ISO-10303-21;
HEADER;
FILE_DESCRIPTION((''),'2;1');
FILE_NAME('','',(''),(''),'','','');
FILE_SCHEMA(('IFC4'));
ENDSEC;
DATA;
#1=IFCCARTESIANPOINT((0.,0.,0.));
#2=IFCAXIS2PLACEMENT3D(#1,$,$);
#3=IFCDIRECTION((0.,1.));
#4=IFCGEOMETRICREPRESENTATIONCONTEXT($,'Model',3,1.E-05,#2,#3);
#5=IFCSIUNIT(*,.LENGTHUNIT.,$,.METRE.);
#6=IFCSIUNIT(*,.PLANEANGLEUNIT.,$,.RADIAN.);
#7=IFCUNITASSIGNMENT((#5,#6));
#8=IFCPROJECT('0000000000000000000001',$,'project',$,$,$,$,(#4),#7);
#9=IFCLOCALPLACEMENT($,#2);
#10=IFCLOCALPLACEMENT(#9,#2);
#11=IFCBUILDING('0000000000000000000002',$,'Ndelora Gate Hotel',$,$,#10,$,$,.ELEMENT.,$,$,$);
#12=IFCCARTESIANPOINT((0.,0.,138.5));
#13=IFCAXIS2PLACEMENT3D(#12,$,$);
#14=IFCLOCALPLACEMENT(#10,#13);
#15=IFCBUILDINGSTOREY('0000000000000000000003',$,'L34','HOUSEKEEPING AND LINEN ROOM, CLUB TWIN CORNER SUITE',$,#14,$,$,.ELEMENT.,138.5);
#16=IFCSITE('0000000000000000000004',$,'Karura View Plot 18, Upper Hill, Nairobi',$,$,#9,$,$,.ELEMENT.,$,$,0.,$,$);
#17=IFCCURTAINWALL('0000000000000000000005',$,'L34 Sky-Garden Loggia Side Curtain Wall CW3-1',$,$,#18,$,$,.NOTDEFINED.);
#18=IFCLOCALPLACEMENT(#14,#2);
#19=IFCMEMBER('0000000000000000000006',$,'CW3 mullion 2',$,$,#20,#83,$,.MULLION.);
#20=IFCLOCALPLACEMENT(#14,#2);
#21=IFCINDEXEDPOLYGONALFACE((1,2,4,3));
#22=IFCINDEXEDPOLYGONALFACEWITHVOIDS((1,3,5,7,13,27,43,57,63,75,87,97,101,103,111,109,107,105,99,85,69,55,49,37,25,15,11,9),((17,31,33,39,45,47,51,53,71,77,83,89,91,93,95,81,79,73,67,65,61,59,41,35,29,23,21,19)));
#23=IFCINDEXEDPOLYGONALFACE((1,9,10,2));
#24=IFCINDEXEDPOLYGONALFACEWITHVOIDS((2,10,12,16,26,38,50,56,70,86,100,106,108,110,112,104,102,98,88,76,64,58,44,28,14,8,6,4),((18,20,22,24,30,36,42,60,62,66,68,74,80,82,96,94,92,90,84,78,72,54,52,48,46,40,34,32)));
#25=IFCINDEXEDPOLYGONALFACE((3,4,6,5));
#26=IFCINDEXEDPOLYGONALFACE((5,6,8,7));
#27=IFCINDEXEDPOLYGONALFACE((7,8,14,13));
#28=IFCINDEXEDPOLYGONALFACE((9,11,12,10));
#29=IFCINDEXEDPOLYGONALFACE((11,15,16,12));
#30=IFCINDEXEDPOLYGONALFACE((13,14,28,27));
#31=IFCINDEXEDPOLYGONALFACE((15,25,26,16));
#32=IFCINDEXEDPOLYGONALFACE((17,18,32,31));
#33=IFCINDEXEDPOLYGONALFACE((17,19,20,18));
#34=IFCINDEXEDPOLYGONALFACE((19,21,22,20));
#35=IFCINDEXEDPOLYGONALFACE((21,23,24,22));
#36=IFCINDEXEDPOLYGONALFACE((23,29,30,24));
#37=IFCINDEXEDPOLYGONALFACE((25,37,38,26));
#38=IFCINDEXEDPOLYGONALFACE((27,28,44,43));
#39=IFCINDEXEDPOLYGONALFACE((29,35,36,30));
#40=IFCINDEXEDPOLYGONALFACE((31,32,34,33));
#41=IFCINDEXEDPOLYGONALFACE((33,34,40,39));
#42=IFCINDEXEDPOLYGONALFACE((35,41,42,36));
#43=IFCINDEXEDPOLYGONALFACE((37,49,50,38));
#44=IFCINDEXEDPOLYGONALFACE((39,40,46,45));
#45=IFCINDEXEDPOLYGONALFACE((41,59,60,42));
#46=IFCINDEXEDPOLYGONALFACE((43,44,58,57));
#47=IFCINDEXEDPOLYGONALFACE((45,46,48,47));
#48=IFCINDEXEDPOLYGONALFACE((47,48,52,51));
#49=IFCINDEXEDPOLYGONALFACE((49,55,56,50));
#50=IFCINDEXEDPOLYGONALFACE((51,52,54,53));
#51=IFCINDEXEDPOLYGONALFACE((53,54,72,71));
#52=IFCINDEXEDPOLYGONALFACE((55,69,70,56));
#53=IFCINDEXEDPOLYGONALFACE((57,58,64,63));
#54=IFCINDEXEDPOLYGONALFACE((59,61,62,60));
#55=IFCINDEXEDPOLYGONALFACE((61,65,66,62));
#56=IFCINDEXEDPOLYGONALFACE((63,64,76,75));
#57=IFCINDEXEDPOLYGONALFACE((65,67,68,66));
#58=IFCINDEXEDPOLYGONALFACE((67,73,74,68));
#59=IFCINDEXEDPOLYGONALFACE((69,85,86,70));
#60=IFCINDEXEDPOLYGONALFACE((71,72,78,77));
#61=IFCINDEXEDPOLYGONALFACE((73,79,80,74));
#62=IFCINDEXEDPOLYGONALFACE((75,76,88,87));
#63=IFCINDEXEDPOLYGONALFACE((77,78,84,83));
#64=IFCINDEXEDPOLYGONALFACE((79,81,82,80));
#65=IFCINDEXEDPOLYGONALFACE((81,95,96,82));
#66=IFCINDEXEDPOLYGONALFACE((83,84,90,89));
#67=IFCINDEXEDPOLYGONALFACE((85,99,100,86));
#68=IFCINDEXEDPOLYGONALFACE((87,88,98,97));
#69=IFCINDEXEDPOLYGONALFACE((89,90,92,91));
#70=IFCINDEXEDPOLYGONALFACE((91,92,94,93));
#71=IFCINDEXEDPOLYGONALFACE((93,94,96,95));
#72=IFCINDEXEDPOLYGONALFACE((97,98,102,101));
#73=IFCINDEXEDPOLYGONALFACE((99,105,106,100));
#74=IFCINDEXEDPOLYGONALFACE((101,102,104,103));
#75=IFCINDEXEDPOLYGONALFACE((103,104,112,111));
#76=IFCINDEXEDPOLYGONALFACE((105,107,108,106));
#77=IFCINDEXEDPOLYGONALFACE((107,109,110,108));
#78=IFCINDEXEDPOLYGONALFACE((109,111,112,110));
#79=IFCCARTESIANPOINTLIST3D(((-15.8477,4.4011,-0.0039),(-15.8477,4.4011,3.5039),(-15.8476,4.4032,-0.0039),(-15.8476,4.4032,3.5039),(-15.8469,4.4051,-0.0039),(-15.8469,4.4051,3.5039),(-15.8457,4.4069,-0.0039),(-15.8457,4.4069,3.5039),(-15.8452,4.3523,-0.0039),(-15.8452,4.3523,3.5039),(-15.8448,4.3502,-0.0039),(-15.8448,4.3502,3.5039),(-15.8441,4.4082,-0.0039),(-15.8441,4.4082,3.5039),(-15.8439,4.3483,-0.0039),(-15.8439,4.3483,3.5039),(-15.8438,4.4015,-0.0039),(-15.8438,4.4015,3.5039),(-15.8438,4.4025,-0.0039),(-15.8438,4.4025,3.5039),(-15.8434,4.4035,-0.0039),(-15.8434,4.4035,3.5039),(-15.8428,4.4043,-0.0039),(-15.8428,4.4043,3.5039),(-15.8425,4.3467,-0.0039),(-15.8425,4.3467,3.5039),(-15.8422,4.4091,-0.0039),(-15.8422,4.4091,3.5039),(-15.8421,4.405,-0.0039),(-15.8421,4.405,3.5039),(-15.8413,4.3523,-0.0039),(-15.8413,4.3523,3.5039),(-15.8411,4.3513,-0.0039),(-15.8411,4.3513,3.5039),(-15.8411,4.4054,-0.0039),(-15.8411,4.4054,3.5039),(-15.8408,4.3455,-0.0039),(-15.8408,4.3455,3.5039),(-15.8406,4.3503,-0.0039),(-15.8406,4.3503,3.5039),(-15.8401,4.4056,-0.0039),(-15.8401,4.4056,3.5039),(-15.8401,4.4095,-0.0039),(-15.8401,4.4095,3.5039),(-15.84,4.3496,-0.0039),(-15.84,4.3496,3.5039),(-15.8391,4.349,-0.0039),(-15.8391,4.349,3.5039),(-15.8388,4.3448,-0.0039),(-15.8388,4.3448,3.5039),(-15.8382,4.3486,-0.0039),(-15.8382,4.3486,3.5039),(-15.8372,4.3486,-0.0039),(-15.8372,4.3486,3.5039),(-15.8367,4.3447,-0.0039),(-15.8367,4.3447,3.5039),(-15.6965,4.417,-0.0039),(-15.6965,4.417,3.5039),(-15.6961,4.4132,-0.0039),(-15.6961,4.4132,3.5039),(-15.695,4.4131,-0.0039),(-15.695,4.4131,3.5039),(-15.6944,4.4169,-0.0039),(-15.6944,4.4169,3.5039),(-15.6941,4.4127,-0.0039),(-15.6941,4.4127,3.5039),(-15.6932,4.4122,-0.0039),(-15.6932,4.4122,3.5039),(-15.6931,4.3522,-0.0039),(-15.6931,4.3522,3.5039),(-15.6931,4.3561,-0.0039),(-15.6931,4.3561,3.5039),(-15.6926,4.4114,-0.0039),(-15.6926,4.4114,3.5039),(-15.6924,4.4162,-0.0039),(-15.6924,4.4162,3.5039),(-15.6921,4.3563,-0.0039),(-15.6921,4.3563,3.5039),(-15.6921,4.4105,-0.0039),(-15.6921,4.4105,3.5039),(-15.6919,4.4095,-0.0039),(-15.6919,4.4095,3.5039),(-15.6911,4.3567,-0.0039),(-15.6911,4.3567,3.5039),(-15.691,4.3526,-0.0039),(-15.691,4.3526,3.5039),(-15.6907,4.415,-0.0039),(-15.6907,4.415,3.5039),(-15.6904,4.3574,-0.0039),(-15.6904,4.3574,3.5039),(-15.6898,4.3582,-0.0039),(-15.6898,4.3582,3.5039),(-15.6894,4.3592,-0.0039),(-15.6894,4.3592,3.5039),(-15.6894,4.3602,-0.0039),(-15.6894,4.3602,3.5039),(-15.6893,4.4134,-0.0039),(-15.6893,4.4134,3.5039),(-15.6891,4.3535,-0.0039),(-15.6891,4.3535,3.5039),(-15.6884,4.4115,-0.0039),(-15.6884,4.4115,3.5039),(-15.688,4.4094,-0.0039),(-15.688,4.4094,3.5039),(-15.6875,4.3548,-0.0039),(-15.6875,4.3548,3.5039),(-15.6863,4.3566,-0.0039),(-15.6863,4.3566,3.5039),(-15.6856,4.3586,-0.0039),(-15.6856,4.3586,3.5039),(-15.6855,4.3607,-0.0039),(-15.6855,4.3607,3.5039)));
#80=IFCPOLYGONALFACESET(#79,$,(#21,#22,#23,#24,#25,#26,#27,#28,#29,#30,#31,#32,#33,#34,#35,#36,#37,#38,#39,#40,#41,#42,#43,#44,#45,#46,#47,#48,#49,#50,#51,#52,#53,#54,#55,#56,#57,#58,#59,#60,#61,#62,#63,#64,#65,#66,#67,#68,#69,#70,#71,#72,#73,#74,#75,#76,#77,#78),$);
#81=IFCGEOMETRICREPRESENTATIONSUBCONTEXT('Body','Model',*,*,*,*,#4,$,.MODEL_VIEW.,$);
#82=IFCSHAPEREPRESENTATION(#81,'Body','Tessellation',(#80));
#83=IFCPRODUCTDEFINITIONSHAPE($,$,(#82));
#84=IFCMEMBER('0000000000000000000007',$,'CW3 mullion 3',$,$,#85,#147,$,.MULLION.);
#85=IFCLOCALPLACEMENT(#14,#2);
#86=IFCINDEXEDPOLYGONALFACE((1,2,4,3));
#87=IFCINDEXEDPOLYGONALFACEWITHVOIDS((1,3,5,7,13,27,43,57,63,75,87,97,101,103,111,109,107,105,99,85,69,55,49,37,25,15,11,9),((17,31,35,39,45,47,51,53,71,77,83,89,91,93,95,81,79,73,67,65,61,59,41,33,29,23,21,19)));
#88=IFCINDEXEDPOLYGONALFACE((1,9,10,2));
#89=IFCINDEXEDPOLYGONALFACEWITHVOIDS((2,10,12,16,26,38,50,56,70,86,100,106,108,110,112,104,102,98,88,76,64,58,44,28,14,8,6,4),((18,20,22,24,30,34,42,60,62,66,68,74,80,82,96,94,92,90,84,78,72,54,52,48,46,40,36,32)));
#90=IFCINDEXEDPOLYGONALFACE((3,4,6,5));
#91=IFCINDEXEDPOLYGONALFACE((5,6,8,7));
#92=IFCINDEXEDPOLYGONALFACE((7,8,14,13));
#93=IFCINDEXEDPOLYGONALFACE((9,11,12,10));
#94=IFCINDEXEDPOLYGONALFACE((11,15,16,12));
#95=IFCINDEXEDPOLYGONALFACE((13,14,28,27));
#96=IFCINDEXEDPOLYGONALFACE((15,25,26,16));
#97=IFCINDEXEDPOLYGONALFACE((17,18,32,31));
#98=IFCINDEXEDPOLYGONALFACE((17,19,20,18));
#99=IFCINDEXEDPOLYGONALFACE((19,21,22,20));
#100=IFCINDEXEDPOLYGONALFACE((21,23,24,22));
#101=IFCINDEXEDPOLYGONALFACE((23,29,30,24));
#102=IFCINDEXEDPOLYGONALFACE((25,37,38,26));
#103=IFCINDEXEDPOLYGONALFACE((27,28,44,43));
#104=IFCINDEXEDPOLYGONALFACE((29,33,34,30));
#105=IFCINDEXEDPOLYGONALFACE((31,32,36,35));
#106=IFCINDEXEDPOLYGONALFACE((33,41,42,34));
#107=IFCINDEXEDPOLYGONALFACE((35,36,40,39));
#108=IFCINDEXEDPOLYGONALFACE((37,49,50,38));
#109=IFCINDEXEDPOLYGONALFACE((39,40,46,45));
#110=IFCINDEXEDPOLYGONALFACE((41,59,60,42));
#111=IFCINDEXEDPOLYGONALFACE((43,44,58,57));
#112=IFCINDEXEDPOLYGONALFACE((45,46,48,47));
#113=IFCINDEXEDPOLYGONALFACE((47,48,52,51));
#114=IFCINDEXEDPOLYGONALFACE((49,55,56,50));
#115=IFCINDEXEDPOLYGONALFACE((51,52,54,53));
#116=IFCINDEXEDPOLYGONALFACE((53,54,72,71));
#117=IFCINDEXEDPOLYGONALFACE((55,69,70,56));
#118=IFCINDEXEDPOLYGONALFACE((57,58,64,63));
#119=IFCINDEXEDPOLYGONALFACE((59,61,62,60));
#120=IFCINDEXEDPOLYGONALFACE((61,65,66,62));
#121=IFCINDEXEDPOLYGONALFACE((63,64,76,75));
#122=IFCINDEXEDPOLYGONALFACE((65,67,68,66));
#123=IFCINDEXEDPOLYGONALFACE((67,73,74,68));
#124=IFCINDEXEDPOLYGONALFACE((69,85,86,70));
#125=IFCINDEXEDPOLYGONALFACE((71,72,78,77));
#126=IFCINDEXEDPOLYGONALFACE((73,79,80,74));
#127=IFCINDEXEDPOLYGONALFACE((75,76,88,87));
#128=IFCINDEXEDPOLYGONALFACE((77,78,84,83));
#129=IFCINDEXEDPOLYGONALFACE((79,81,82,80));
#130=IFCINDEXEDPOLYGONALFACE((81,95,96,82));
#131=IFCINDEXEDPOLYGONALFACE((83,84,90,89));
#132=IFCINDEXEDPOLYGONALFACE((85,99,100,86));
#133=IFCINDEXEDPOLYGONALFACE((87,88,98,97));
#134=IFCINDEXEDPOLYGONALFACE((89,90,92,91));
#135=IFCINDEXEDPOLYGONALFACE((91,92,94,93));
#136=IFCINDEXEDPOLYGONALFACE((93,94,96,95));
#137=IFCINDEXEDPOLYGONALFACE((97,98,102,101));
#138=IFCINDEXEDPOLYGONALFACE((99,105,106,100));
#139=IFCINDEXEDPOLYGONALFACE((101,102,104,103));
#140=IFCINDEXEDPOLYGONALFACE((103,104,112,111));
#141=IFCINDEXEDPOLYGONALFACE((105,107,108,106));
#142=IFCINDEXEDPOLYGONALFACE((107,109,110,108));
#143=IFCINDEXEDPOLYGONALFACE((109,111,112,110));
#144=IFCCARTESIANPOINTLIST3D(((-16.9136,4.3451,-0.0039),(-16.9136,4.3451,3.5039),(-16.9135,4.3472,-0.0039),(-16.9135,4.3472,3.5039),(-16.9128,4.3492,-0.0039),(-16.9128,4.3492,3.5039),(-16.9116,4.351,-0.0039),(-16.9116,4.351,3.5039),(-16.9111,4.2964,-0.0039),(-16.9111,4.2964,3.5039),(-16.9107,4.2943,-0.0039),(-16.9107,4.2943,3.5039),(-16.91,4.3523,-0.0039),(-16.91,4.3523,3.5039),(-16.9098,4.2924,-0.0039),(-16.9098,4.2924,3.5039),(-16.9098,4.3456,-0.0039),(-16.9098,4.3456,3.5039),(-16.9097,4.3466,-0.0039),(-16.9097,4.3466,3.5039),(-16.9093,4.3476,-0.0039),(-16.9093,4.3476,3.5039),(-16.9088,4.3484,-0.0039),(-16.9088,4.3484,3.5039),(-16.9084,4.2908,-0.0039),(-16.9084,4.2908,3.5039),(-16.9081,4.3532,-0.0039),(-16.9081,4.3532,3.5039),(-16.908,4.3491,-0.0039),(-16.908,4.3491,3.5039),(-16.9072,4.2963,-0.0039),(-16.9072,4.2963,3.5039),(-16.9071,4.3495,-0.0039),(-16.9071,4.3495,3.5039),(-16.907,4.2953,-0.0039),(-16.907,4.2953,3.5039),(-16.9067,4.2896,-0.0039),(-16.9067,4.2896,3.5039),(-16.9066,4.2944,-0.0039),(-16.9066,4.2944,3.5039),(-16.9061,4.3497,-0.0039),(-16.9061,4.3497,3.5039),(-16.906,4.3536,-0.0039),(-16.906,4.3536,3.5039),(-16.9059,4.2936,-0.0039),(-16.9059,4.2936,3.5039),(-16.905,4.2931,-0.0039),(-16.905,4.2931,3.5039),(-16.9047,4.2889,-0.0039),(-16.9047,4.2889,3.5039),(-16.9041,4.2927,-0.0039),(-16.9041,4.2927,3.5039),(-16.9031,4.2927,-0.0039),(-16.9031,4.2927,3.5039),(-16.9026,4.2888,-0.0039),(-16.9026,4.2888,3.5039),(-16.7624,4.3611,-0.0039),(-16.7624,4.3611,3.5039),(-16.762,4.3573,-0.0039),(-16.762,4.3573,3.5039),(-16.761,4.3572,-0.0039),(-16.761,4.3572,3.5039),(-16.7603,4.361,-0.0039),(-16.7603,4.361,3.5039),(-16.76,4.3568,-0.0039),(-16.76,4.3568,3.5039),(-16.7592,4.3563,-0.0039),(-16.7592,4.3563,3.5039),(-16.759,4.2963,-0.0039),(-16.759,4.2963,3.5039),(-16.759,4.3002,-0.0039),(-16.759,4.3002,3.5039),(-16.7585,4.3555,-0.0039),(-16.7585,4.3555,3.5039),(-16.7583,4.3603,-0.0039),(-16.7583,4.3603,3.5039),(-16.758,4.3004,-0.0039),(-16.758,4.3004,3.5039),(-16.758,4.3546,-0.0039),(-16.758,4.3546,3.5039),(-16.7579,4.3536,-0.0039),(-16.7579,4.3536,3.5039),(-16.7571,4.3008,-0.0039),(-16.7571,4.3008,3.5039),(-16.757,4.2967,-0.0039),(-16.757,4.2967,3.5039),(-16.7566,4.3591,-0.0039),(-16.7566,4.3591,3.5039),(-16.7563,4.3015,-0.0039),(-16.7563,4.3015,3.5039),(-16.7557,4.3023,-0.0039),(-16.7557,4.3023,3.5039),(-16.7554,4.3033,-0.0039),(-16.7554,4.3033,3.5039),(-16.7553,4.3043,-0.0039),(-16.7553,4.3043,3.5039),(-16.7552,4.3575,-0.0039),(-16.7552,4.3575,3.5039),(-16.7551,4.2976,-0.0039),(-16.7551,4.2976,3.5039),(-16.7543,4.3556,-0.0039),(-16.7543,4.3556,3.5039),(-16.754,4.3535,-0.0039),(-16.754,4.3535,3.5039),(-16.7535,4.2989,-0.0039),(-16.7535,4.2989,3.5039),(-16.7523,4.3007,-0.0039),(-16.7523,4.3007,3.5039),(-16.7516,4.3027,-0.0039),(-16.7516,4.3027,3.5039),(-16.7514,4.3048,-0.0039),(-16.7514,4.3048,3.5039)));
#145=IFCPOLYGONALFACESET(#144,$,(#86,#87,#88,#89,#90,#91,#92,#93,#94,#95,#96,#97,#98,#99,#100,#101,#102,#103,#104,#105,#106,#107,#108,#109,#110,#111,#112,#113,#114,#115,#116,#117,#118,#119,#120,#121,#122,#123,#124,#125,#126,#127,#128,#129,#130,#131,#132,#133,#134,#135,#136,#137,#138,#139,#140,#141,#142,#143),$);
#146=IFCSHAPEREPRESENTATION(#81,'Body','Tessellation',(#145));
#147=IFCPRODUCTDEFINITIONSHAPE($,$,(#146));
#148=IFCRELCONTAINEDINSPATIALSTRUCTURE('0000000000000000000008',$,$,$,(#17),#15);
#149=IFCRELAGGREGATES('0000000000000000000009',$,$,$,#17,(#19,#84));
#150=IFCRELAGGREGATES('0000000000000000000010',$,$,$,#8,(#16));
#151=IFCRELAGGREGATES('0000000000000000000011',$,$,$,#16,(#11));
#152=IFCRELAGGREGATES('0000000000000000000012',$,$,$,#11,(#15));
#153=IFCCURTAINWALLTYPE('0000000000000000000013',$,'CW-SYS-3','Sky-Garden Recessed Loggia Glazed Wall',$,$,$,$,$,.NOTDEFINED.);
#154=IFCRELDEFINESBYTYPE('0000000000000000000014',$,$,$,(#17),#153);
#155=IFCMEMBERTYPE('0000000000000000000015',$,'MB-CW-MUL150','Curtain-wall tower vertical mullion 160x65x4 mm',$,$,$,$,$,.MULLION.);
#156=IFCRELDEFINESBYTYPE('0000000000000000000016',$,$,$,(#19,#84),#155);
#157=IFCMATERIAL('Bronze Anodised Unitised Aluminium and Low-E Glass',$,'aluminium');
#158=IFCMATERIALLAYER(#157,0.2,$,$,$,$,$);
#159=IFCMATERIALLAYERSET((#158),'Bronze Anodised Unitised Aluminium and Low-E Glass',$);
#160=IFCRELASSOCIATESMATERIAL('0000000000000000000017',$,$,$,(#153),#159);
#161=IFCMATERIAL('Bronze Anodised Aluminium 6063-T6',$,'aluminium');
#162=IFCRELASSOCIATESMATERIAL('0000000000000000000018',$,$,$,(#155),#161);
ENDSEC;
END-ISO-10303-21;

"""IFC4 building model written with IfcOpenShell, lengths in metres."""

from ifc_helpers import new_model, si_unit, direction, frame, origin, origin_2d, place, context, subcontext, project, spatial, hollow_rectangle, extrude, material, layer, layer_set, material_profile, profile_set, type_object, element, aggregate, save


model = new_model("IFC4")

# Units and contexts
model_context = context("Model", 3, precision=1e-05, world=origin(), true_north=direction((0.0, 1.0)))
body_context = subcontext(model_context, "Body", "Model", "MODEL_VIEW")
ifc_project = project(units=[si_unit("LENGTHUNIT", "METRE"), si_unit("PLANEANGLEUNIT", "RADIAN")], contexts=[model_context])

# Site, building, storey
site_placement = place(None, origin())
site = spatial("IfcSite", under=ifc_project, at=site_placement, Name="Karura View Plot 18, Upper Hill, Nairobi", CompositionType="ELEMENT", RefElevation=0.0)
building_placement = place(site_placement, origin())
building = spatial("IfcBuilding", under=site, at=building_placement, Name="Ndelora Gate Hotel", CompositionType="ELEMENT")
storey_placement = place(building_placement, frame((0.0, 0.0, 138.5)))
storey = spatial("IfcBuildingStorey", under=building, at=storey_placement, Name="L34", Description="HOUSEKEEPING AND LINEN ROOM, CLUB TWIN CORNER SUITE", CompositionType="ELEMENT", Elevation=138.5)

# Curtain wall, members
ifc_material_1 = material(Name="Bronze Anodised Unitised Aluminium and Low-E Glass", Category="aluminium")
ifc_layer_1 = layer(ifc_material_1, 0.2)
ifc_layer_set_1 = layer_set([ifc_layer_1], Name="Bronze Anodised Unitised Aluminium and Low-E Glass")
curtain_wall_type = type_object("IfcCurtainWallType", Name="CW-SYS-3", Description="Sky-Garden Recessed Loggia Glazed Wall", PredefinedType="NOTDEFINED", material=ifc_layer_set_1)
curtain_wall_placement = place(storey_placement, origin())
curtain_wall = element("IfcCurtainWall", 1, at=curtain_wall_placement, inside=storey, type_object=curtain_wall_type, Name="L34 Sky-Garden Loggia Side Curtain Wall CW3-1", PredefinedType="NOTDEFINED")
ifc_material_2 = material(Name="Bronze Anodised Aluminium 6063-T6", Category="aluminium")
ifc_material_profile_1 = material_profile(ifc_material_2, hollow_rectangle(XDim=0.0649, YDim=0.1599, WallThickness=0.0039, InnerFilletRadius=0.0039, OuterFilletRadius=0.0081, at=origin_2d()), Name="ALU 160x65x4")
ifc_profile_set_1 = profile_set([ifc_material_profile_1], Name="Bronze Anodised Aluminium 6063-T6")
member_type_1 = type_object("IfcMemberType", Name="MB-CW-MUL150", Description="Curtain-wall tower vertical mullion 160x65x4 mm", PredefinedType="MULLION", material=ifc_profile_set_1)
member_1_placement = place(storey_placement, frame((-15.7666, 4.3809, -0.0039), z_axis=(0.0, 0.0, 1.0), x_axis=(0.052318, -0.99863, 0.0)))
member_1 = element("IfcMember", 2, at=member_1_placement, type_object=member_type_1, Name="CW3 mullion 2", PredefinedType="MULLION", context=body_context, shape_type="SweptSolid", body=[
    extrude(hollow_rectangle(XDim=0.0649, YDim=0.1599, WallThickness=0.0039, InnerFilletRadius=0.0039, OuterFilletRadius=0.0081, at=origin_2d()), origin(), (0.0, 0.0, 1.0), 3.5078),
])
member_2_placement = place(storey_placement, frame((-16.8325, 4.325, -0.0039), z_axis=(0.0, 0.0, 1.0), x_axis=(0.052318, -0.99863, 0.0)))
member_2 = element("IfcMember", 3, at=member_2_placement, type_object=member_type_1, Name="CW3 mullion 3", PredefinedType="MULLION", context=body_context, shape_type="SweptSolid", body=[
    extrude(hollow_rectangle(XDim=0.0649, YDim=0.1599, WallThickness=0.0039, InnerFilletRadius=0.0039, OuterFilletRadius=0.0081, at=origin_2d()), origin(), (0.0, 0.0, 1.0), 3.5078),
])
aggregate(curtain_wall, [member_1, member_2])

save(model, "model.ifc")
